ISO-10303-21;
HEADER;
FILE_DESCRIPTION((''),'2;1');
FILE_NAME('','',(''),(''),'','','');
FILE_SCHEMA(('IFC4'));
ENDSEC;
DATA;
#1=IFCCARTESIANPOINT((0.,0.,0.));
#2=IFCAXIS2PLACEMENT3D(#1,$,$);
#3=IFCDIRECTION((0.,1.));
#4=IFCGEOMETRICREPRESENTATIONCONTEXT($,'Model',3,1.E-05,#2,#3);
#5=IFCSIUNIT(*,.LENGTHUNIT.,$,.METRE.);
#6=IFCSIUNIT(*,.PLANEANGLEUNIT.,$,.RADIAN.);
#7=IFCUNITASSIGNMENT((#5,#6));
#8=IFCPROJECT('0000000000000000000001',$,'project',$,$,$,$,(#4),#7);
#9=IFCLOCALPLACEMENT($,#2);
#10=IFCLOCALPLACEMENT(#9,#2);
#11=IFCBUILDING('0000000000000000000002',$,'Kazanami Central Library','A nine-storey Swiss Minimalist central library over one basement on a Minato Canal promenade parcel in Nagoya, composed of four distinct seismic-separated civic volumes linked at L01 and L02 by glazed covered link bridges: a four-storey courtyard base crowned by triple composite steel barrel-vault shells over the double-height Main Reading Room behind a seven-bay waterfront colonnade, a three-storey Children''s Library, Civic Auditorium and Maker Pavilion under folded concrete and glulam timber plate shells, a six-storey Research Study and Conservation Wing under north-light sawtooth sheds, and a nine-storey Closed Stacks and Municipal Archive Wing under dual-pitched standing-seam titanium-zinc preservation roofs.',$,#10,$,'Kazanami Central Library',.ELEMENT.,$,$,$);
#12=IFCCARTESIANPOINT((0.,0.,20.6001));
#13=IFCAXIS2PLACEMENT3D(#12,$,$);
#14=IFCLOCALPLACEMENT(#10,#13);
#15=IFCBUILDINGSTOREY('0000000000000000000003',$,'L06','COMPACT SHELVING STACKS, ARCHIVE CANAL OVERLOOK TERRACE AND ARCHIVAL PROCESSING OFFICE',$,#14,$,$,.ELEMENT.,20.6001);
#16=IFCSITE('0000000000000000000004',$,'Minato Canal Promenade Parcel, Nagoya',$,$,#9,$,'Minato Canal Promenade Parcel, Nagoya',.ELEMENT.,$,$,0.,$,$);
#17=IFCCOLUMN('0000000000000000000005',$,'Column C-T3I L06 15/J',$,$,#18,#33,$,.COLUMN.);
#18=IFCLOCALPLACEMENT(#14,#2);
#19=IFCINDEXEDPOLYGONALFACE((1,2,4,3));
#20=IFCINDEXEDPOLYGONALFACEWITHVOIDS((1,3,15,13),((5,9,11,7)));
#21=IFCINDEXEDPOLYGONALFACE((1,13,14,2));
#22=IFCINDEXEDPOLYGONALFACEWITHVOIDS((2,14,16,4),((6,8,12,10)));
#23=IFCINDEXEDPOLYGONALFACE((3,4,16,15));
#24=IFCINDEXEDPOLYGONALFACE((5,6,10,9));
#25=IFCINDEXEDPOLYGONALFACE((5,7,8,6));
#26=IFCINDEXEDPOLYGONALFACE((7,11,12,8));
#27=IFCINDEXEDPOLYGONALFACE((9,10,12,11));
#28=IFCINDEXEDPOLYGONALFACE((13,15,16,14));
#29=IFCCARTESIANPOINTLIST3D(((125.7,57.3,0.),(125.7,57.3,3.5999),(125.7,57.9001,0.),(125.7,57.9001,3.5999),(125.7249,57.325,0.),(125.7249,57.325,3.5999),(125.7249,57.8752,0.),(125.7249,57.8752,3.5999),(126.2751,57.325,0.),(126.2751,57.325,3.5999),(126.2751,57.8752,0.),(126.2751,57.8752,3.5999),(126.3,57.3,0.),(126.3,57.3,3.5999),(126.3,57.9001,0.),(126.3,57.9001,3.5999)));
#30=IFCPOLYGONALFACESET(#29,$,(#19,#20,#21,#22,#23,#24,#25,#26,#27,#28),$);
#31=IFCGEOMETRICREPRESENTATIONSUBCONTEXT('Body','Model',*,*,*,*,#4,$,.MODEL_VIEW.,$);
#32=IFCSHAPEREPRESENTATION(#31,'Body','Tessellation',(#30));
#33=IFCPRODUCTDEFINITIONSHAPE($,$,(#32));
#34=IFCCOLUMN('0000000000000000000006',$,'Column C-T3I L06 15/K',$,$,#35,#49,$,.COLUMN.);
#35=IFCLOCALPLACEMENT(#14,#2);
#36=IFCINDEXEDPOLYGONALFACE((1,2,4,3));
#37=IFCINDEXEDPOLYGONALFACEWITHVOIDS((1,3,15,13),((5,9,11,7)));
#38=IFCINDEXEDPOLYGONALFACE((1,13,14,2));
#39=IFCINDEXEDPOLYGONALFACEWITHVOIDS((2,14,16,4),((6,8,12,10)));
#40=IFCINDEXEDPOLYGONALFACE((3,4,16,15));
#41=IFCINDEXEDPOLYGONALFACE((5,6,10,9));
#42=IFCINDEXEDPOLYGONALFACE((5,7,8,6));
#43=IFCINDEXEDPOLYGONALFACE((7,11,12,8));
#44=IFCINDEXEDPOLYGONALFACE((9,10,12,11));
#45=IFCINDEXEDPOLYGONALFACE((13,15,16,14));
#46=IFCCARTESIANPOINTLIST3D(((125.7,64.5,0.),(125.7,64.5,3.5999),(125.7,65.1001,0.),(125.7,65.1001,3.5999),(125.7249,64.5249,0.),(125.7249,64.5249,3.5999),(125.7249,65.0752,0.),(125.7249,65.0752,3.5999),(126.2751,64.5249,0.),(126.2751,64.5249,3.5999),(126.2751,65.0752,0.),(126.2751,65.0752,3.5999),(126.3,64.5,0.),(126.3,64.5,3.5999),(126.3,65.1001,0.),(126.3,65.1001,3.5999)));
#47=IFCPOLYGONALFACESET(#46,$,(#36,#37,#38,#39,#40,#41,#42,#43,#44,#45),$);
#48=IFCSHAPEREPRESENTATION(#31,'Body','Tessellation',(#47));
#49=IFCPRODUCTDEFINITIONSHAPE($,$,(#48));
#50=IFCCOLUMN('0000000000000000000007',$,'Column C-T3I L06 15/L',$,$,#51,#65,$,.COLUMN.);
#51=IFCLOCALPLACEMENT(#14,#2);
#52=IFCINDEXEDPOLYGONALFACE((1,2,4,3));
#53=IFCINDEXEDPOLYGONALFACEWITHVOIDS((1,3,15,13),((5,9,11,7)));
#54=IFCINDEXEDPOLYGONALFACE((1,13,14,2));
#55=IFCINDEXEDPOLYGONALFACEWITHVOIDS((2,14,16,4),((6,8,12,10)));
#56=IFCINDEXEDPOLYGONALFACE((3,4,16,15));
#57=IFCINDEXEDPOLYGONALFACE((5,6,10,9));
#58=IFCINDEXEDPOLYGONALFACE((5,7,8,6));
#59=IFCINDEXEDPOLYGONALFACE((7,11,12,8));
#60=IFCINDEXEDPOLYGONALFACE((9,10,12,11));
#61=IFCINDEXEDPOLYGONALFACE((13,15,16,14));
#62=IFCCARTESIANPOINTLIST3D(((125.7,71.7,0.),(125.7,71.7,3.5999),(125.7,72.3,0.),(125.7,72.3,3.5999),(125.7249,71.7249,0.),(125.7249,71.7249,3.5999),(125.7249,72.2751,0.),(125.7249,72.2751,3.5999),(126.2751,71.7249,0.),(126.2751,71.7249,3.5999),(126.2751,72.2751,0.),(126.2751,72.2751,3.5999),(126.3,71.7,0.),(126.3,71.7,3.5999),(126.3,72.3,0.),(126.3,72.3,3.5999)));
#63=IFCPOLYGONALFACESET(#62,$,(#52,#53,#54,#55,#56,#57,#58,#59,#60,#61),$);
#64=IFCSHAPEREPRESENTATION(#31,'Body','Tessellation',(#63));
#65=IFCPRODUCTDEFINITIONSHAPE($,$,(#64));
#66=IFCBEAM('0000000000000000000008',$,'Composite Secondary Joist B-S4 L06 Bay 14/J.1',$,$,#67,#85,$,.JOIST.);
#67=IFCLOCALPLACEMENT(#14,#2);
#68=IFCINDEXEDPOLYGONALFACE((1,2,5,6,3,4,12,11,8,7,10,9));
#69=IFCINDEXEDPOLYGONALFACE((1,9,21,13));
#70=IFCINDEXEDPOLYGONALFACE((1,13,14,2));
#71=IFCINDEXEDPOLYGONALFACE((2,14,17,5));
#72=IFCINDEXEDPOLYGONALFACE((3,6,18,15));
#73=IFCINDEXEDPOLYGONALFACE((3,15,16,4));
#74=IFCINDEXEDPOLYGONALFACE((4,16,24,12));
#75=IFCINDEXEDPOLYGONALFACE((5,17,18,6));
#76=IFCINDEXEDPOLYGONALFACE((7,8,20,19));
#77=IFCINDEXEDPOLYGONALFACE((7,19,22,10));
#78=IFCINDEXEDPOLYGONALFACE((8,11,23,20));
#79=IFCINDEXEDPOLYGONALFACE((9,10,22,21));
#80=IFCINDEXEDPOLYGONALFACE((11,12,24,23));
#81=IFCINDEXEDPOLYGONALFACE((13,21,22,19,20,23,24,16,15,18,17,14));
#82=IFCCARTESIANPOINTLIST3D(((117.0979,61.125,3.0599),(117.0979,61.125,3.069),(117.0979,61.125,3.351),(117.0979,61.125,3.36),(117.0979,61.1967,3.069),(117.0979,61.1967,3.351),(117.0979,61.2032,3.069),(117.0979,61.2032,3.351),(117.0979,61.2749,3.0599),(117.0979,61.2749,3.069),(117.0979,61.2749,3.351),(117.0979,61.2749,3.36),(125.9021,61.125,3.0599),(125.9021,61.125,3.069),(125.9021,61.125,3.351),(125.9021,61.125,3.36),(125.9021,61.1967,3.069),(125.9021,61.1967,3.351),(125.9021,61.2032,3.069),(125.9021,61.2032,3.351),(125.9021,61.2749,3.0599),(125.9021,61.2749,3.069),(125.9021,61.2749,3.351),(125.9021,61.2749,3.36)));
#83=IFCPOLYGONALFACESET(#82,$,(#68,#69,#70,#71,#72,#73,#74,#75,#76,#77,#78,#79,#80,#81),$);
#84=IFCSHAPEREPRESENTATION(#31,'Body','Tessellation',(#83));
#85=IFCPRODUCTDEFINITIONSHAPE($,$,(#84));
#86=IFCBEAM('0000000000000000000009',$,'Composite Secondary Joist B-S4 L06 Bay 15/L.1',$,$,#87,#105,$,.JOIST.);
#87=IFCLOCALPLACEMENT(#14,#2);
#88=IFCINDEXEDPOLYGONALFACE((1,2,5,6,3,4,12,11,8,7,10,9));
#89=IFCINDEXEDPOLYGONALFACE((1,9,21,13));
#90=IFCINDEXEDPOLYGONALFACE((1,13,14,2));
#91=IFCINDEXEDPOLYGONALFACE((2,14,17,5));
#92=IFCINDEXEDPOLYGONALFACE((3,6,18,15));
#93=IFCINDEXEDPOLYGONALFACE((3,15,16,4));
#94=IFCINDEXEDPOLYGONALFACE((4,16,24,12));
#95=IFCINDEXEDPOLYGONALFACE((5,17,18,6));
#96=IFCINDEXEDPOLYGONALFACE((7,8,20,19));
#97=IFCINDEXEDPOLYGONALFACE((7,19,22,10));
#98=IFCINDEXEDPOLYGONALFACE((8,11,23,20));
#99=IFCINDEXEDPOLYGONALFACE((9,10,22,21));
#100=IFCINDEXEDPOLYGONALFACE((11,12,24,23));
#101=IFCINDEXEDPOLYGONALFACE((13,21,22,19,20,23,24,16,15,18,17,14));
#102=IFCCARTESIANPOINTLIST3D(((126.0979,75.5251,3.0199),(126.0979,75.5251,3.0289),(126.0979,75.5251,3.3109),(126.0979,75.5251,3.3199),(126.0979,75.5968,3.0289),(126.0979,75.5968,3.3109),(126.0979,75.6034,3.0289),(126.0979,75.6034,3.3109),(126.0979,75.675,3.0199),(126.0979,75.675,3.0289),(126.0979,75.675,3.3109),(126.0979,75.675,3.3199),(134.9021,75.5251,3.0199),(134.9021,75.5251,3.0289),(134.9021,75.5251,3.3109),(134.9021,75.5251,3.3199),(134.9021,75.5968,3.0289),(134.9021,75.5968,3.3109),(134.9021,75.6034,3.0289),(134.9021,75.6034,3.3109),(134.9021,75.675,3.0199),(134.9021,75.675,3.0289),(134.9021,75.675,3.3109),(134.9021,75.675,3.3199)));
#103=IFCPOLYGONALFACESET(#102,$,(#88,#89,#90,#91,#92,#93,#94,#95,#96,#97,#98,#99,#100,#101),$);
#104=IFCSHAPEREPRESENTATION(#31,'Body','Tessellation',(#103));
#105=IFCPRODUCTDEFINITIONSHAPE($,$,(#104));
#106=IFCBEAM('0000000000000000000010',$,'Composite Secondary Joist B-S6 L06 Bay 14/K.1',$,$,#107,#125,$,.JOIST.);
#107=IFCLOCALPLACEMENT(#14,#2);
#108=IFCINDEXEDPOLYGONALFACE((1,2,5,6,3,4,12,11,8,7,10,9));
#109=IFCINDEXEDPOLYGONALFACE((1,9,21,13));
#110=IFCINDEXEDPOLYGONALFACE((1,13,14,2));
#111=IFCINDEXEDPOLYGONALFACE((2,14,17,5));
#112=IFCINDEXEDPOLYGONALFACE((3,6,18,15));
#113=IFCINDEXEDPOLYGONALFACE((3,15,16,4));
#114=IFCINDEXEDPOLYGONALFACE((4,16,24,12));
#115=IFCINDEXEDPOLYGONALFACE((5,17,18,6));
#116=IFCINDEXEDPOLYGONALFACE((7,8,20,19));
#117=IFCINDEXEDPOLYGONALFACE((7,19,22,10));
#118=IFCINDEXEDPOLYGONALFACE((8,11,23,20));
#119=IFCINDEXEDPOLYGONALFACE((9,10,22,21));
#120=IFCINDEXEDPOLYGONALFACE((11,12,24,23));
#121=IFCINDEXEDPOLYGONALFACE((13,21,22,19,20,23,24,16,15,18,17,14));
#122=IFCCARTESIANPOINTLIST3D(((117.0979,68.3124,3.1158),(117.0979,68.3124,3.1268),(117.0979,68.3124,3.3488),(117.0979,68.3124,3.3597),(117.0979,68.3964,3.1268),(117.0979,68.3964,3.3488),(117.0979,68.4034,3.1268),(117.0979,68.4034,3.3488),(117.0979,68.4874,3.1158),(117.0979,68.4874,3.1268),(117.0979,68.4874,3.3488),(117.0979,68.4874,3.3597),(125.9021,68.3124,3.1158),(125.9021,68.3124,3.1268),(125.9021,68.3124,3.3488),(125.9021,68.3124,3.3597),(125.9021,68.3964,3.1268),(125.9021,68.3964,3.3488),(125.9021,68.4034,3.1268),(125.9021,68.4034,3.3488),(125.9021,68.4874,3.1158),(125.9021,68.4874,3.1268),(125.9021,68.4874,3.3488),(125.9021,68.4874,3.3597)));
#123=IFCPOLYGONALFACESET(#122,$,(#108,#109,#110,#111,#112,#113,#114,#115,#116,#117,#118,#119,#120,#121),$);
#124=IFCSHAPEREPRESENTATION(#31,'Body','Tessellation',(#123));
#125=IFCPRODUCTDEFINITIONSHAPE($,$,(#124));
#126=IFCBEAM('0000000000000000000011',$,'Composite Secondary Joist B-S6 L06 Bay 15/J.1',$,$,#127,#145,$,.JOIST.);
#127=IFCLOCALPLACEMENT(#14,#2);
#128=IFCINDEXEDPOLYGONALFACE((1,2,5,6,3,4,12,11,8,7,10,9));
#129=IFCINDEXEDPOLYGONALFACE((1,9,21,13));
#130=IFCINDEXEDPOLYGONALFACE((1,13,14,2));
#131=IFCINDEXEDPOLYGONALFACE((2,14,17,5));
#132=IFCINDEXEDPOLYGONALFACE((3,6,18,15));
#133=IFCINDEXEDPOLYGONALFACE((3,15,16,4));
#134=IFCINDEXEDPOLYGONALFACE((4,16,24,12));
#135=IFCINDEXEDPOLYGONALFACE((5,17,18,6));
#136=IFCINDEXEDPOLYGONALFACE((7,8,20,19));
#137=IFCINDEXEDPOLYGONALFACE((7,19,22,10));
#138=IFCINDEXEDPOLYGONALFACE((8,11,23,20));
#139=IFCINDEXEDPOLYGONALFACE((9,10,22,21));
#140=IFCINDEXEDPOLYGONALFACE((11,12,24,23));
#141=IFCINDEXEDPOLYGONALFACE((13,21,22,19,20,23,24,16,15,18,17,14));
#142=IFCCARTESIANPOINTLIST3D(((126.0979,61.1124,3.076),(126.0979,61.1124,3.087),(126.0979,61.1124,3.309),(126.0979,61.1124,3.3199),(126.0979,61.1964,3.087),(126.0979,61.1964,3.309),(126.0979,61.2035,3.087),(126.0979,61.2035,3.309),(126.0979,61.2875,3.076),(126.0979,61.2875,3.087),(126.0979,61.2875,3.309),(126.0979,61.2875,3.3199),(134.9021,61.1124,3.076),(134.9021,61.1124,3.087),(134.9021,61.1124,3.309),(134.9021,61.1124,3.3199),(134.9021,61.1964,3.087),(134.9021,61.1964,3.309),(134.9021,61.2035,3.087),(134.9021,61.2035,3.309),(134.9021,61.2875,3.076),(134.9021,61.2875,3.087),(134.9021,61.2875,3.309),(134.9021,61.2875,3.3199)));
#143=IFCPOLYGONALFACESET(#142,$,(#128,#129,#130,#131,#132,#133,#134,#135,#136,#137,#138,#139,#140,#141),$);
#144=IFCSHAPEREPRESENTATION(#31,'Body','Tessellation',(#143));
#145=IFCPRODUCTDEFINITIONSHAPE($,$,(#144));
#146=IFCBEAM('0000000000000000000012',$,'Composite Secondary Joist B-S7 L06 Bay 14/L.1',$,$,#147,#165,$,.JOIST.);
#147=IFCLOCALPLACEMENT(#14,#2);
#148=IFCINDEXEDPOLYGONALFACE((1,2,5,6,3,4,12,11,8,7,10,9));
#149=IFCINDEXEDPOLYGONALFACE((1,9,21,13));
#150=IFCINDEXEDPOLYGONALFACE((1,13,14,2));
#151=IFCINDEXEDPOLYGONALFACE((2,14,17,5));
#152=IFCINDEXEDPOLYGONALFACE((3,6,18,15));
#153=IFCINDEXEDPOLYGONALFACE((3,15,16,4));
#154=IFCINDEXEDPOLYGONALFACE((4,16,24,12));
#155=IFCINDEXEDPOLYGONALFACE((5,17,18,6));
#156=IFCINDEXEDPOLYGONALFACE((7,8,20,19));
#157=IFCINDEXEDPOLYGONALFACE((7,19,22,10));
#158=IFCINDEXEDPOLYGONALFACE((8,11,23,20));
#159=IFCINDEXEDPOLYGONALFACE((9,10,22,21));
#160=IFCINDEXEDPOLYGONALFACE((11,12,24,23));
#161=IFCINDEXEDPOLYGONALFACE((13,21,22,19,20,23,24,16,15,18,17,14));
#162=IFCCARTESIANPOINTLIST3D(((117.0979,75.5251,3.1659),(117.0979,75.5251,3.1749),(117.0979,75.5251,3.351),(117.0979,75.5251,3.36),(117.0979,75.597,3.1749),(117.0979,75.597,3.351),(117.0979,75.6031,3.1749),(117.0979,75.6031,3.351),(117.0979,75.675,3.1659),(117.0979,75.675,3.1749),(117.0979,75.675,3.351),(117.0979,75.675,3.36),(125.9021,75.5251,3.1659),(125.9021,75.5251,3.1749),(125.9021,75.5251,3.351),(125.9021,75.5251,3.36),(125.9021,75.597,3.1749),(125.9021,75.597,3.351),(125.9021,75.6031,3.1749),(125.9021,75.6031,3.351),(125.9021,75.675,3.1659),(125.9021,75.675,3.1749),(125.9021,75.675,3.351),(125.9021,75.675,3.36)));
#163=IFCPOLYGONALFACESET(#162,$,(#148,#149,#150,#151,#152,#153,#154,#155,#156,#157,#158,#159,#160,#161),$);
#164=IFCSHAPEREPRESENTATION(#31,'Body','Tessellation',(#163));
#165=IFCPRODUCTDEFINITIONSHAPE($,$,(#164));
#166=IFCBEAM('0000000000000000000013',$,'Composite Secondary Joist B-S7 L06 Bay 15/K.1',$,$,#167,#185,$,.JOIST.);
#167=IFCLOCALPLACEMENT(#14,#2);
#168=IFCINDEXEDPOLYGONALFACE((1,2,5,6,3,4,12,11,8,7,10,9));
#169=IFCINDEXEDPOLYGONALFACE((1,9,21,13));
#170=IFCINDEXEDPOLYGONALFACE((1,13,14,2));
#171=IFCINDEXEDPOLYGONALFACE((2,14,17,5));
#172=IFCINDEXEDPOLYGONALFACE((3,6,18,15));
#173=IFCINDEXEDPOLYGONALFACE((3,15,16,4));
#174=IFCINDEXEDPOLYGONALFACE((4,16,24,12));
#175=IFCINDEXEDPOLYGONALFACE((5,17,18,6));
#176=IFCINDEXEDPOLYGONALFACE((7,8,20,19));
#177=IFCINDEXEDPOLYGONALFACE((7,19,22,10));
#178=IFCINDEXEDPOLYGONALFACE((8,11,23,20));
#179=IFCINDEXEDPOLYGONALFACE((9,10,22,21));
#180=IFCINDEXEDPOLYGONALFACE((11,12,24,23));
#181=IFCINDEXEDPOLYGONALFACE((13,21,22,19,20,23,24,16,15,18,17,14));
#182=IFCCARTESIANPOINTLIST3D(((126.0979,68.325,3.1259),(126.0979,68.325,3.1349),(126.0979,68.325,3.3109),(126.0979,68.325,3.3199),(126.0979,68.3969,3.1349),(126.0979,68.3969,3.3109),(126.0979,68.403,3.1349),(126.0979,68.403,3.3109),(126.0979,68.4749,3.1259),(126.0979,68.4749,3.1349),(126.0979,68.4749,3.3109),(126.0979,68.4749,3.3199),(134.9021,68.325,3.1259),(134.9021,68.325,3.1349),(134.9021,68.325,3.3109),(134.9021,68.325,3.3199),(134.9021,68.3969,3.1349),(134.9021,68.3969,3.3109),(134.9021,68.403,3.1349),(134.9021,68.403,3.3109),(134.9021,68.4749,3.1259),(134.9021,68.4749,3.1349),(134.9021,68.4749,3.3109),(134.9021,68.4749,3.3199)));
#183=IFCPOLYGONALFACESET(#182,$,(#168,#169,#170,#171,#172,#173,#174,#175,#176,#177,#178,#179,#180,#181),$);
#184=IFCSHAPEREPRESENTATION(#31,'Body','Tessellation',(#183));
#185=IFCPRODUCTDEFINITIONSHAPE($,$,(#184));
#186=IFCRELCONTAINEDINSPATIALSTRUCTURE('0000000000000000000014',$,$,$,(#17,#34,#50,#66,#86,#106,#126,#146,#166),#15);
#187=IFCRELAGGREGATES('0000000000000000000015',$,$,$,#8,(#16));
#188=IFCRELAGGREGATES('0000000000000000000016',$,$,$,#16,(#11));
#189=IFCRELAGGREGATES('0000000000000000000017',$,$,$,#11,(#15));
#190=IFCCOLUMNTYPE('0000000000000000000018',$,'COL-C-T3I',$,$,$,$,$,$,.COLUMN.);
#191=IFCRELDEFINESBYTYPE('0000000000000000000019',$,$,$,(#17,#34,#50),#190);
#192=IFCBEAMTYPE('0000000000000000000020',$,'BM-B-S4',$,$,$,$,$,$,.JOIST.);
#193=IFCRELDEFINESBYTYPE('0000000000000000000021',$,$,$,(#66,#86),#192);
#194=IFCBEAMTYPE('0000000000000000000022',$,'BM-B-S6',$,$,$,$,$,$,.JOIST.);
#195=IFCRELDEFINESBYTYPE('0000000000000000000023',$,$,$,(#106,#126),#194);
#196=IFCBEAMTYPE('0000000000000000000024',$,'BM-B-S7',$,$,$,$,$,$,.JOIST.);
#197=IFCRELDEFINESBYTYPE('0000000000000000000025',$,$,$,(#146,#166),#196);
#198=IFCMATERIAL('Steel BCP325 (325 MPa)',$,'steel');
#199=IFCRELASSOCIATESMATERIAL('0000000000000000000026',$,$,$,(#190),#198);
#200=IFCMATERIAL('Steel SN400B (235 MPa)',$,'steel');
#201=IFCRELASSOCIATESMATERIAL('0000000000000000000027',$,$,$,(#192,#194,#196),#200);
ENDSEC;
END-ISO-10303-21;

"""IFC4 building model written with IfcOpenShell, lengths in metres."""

from ifc_helpers import new_model, si_unit, direction, frame, origin, origin_2d, place, context, subcontext, project, spatial, hollow_rectangle, i_section, extrude, material, material_profile, profile_set, type_object, element, save


model = new_model("IFC4")

# Units and contexts
model_context = context("Model", 3, precision=1e-05, world=origin(), true_north=direction((0.0, 1.0)))
body_context = subcontext(model_context, "Body", "Model", "MODEL_VIEW")
ifc_project = project(units=[si_unit("LENGTHUNIT", "METRE"), si_unit("PLANEANGLEUNIT", "RADIAN")], contexts=[model_context])

# Site, building, storey
site_placement = place(None, origin())
site = spatial("IfcSite", under=ifc_project, at=site_placement, Name="Minato Canal Promenade Parcel, Nagoya", LongName="Minato Canal Promenade Parcel, Nagoya", CompositionType="ELEMENT", RefElevation=0.0)
building_placement = place(site_placement, origin())
building = spatial("IfcBuilding", under=site, at=building_placement, Name="Kazanami Central Library", Description="A nine-storey Swiss Minimalist central library over one basement on a Minato Canal promenade parcel in Nagoya, composed of four distinct seismic-separated civic volumes linked at L01 and L02 by glazed covered link bridges: a four-storey courtyard base crowned by triple composite steel barrel-vault shells over the double-height Main Reading Room behind a seven-bay waterfront colonnade, a three-storey Children's Library, Civic Auditorium and Maker Pavilion under folded concrete and glulam timber plate shells, a six-storey Research Study and Conservation Wing under north-light sawtooth sheds, and a nine-storey Closed Stacks and Municipal Archive Wing under dual-pitched standing-seam titanium-zinc preservation roofs.", LongName="Kazanami Central Library", CompositionType="ELEMENT")
storey_placement = place(building_placement, frame((0.0, 0.0, 20.6001)))
storey = spatial("IfcBuildingStorey", under=building, at=storey_placement, Name="L06", Description="COMPACT SHELVING STACKS, ARCHIVE CANAL OVERLOOK TERRACE AND ARCHIVAL PROCESSING OFFICE", CompositionType="ELEMENT", Elevation=20.6001)

# Columns
ifc_material_1 = material(Name="Steel BCP325 (325 MPa)", Category="steel")
ifc_material_profile_1 = material_profile(ifc_material_1, hollow_rectangle(XDim=0.6001, YDim=0.6001, WallThickness=0.0249, at=origin_2d()), Name="BCP-600x600x25")
ifc_profile_set_1 = profile_set([ifc_material_profile_1], Name="Steel BCP325 (325 MPa)")
column_type = type_object("IfcColumnType", Name="COL-C-T3I", PredefinedType="COLUMN", material=ifc_profile_set_1)
for number, where, z_axis, x_axis, name in (
    (1, (126.0, 57.6001, 0.0), (0.0, 0.0, 1.0), (1.0, 0.0, 0.0), "Column C-T3I L06 15/J"),
    (2, (126.0, 64.8, 0.0), (0.0, 0.0, 1.0), (1.0, 0.0, 0.0), "Column C-T3I L06 15/K"),
    (3, (126.0, 72.0, 0.0), (0.0, 0.0, 1.0), (1.0, 0.0, 0.0), "Column C-T3I L06 15/L"),
):
    element("IfcColumn", number, at=place(storey_placement, frame(where, z_axis=z_axis, x_axis=x_axis)), inside=storey, type_object=column_type, Name=name, PredefinedType="COLUMN", context=body_context, shape_type="SweptSolid", body=[
        extrude(hollow_rectangle(XDim=0.6001, YDim=0.6001, WallThickness=0.0249, at=origin_2d()), origin(), (0.0, 0.0, 1.0), 3.5999),
    ])

# Beams
ifc_material_2 = material(Name="Steel SN400B (235 MPa)", Category="steel")
ifc_material_profile_2 = material_profile(ifc_material_2, i_section(OverallWidth=0.1499, OverallDepth=0.3, WebThickness=0.0066, FlangeThickness=0.009, at=origin_2d()), Name="H-300x150x6.5x9")
ifc_profile_set_2 = profile_set([ifc_material_profile_2], Name="Steel SN400B (235 MPa)")
beam_type_1 = type_object("IfcBeamType", Name="BM-B-S4", PredefinedType="JOIST", material=ifc_profile_set_2)
for number, where, z_axis, x_axis, name in (
    (4, (117.0979, 61.2, 3.21), (1.0, 0.0, 0.0), (0.0, 1.0, 0.0), "Composite Secondary Joist B-S4 L06 Bay 14/J.1"),
    (5, (126.0979, 75.6001, 3.1699), (1.0, 0.0, 0.0), (0.0, 1.0, 0.0), "Composite Secondary Joist B-S4 L06 Bay 15/L.1"),
):
    element("IfcBeam", number, at=place(storey_placement, frame(where, z_axis=z_axis, x_axis=x_axis)), inside=storey, type_object=beam_type_1, Name=name, PredefinedType="JOIST", context=body_context, shape_type="SweptSolid", body=[
        extrude(i_section(OverallWidth=0.1499, OverallDepth=0.3, WebThickness=0.0066, FlangeThickness=0.009, at=origin_2d()), origin(), (0.0, 0.0, 1.0), 8.8042),
    ])
ifc_material_profile_3 = material_profile(ifc_material_2, i_section(OverallWidth=0.175, OverallDepth=0.2439, WebThickness=0.0071, FlangeThickness=0.011, at=origin_2d()), Name="H-244x175x7x11")
ifc_profile_set_3 = profile_set([ifc_material_profile_3], Name="Steel SN400B (235 MPa)")
beam_type_2 = type_object("IfcBeamType", Name="BM-B-S6", PredefinedType="JOIST", material=ifc_profile_set_3)
for number, where, z_axis, x_axis, name in (
    (6, (117.0979, 68.3999, 3.2378), (1.0, 0.0, 0.0), (0.0, 1.0, 0.0), "Composite Secondary Joist B-S6 L06 Bay 14/K.1"),
    (7, (126.0979, 61.2, 3.198), (1.0, 0.0, 0.0), (0.0, 1.0, 0.0), "Composite Secondary Joist B-S6 L06 Bay 15/J.1"),
):
    element("IfcBeam", number, at=place(storey_placement, frame(where, z_axis=z_axis, x_axis=x_axis)), inside=storey, type_object=beam_type_2, Name=name, PredefinedType="JOIST", context=body_context, shape_type="SweptSolid", body=[
        extrude(i_section(OverallWidth=0.175, OverallDepth=0.2439, WebThickness=0.0071, FlangeThickness=0.011, at=origin_2d()), origin(), (0.0, 0.0, 1.0), 8.8042),
    ])
ifc_material_profile_4 = material_profile(ifc_material_2, i_section(OverallWidth=0.1499, OverallDepth=0.1941, WebThickness=0.0061, FlangeThickness=0.009, at=origin_2d()), Name="H-194x150x6x9")
ifc_profile_set_4 = profile_set([ifc_material_profile_4], Name="Steel SN400B (235 MPa)")
beam_type_3 = type_object("IfcBeamType", Name="BM-B-S7", PredefinedType="JOIST", material=ifc_profile_set_4)
for number, where, z_axis, x_axis, name in (
    (8, (117.0979, 75.6001, 3.2629), (1.0, 0.0, 0.0), (0.0, 1.0, 0.0), "Composite Secondary Joist B-S7 L06 Bay 14/L.1"),
    (9, (126.0979, 68.3999, 3.2229), (1.0, 0.0, 0.0), (0.0, 1.0, 0.0), "Composite Secondary Joist B-S7 L06 Bay 15/K.1"),
):
    element("IfcBeam", number, at=place(storey_placement, frame(where, z_axis=z_axis, x_axis=x_axis)), inside=storey, type_object=beam_type_3, Name=name, PredefinedType="JOIST", context=body_context, shape_type="SweptSolid", body=[
        extrude(i_section(OverallWidth=0.1499, OverallDepth=0.1941, WebThickness=0.0061, FlangeThickness=0.009, at=origin_2d()), origin(), (0.0, 0.0, 1.0), 8.8042),
    ])

save(model, "model.ifc")
